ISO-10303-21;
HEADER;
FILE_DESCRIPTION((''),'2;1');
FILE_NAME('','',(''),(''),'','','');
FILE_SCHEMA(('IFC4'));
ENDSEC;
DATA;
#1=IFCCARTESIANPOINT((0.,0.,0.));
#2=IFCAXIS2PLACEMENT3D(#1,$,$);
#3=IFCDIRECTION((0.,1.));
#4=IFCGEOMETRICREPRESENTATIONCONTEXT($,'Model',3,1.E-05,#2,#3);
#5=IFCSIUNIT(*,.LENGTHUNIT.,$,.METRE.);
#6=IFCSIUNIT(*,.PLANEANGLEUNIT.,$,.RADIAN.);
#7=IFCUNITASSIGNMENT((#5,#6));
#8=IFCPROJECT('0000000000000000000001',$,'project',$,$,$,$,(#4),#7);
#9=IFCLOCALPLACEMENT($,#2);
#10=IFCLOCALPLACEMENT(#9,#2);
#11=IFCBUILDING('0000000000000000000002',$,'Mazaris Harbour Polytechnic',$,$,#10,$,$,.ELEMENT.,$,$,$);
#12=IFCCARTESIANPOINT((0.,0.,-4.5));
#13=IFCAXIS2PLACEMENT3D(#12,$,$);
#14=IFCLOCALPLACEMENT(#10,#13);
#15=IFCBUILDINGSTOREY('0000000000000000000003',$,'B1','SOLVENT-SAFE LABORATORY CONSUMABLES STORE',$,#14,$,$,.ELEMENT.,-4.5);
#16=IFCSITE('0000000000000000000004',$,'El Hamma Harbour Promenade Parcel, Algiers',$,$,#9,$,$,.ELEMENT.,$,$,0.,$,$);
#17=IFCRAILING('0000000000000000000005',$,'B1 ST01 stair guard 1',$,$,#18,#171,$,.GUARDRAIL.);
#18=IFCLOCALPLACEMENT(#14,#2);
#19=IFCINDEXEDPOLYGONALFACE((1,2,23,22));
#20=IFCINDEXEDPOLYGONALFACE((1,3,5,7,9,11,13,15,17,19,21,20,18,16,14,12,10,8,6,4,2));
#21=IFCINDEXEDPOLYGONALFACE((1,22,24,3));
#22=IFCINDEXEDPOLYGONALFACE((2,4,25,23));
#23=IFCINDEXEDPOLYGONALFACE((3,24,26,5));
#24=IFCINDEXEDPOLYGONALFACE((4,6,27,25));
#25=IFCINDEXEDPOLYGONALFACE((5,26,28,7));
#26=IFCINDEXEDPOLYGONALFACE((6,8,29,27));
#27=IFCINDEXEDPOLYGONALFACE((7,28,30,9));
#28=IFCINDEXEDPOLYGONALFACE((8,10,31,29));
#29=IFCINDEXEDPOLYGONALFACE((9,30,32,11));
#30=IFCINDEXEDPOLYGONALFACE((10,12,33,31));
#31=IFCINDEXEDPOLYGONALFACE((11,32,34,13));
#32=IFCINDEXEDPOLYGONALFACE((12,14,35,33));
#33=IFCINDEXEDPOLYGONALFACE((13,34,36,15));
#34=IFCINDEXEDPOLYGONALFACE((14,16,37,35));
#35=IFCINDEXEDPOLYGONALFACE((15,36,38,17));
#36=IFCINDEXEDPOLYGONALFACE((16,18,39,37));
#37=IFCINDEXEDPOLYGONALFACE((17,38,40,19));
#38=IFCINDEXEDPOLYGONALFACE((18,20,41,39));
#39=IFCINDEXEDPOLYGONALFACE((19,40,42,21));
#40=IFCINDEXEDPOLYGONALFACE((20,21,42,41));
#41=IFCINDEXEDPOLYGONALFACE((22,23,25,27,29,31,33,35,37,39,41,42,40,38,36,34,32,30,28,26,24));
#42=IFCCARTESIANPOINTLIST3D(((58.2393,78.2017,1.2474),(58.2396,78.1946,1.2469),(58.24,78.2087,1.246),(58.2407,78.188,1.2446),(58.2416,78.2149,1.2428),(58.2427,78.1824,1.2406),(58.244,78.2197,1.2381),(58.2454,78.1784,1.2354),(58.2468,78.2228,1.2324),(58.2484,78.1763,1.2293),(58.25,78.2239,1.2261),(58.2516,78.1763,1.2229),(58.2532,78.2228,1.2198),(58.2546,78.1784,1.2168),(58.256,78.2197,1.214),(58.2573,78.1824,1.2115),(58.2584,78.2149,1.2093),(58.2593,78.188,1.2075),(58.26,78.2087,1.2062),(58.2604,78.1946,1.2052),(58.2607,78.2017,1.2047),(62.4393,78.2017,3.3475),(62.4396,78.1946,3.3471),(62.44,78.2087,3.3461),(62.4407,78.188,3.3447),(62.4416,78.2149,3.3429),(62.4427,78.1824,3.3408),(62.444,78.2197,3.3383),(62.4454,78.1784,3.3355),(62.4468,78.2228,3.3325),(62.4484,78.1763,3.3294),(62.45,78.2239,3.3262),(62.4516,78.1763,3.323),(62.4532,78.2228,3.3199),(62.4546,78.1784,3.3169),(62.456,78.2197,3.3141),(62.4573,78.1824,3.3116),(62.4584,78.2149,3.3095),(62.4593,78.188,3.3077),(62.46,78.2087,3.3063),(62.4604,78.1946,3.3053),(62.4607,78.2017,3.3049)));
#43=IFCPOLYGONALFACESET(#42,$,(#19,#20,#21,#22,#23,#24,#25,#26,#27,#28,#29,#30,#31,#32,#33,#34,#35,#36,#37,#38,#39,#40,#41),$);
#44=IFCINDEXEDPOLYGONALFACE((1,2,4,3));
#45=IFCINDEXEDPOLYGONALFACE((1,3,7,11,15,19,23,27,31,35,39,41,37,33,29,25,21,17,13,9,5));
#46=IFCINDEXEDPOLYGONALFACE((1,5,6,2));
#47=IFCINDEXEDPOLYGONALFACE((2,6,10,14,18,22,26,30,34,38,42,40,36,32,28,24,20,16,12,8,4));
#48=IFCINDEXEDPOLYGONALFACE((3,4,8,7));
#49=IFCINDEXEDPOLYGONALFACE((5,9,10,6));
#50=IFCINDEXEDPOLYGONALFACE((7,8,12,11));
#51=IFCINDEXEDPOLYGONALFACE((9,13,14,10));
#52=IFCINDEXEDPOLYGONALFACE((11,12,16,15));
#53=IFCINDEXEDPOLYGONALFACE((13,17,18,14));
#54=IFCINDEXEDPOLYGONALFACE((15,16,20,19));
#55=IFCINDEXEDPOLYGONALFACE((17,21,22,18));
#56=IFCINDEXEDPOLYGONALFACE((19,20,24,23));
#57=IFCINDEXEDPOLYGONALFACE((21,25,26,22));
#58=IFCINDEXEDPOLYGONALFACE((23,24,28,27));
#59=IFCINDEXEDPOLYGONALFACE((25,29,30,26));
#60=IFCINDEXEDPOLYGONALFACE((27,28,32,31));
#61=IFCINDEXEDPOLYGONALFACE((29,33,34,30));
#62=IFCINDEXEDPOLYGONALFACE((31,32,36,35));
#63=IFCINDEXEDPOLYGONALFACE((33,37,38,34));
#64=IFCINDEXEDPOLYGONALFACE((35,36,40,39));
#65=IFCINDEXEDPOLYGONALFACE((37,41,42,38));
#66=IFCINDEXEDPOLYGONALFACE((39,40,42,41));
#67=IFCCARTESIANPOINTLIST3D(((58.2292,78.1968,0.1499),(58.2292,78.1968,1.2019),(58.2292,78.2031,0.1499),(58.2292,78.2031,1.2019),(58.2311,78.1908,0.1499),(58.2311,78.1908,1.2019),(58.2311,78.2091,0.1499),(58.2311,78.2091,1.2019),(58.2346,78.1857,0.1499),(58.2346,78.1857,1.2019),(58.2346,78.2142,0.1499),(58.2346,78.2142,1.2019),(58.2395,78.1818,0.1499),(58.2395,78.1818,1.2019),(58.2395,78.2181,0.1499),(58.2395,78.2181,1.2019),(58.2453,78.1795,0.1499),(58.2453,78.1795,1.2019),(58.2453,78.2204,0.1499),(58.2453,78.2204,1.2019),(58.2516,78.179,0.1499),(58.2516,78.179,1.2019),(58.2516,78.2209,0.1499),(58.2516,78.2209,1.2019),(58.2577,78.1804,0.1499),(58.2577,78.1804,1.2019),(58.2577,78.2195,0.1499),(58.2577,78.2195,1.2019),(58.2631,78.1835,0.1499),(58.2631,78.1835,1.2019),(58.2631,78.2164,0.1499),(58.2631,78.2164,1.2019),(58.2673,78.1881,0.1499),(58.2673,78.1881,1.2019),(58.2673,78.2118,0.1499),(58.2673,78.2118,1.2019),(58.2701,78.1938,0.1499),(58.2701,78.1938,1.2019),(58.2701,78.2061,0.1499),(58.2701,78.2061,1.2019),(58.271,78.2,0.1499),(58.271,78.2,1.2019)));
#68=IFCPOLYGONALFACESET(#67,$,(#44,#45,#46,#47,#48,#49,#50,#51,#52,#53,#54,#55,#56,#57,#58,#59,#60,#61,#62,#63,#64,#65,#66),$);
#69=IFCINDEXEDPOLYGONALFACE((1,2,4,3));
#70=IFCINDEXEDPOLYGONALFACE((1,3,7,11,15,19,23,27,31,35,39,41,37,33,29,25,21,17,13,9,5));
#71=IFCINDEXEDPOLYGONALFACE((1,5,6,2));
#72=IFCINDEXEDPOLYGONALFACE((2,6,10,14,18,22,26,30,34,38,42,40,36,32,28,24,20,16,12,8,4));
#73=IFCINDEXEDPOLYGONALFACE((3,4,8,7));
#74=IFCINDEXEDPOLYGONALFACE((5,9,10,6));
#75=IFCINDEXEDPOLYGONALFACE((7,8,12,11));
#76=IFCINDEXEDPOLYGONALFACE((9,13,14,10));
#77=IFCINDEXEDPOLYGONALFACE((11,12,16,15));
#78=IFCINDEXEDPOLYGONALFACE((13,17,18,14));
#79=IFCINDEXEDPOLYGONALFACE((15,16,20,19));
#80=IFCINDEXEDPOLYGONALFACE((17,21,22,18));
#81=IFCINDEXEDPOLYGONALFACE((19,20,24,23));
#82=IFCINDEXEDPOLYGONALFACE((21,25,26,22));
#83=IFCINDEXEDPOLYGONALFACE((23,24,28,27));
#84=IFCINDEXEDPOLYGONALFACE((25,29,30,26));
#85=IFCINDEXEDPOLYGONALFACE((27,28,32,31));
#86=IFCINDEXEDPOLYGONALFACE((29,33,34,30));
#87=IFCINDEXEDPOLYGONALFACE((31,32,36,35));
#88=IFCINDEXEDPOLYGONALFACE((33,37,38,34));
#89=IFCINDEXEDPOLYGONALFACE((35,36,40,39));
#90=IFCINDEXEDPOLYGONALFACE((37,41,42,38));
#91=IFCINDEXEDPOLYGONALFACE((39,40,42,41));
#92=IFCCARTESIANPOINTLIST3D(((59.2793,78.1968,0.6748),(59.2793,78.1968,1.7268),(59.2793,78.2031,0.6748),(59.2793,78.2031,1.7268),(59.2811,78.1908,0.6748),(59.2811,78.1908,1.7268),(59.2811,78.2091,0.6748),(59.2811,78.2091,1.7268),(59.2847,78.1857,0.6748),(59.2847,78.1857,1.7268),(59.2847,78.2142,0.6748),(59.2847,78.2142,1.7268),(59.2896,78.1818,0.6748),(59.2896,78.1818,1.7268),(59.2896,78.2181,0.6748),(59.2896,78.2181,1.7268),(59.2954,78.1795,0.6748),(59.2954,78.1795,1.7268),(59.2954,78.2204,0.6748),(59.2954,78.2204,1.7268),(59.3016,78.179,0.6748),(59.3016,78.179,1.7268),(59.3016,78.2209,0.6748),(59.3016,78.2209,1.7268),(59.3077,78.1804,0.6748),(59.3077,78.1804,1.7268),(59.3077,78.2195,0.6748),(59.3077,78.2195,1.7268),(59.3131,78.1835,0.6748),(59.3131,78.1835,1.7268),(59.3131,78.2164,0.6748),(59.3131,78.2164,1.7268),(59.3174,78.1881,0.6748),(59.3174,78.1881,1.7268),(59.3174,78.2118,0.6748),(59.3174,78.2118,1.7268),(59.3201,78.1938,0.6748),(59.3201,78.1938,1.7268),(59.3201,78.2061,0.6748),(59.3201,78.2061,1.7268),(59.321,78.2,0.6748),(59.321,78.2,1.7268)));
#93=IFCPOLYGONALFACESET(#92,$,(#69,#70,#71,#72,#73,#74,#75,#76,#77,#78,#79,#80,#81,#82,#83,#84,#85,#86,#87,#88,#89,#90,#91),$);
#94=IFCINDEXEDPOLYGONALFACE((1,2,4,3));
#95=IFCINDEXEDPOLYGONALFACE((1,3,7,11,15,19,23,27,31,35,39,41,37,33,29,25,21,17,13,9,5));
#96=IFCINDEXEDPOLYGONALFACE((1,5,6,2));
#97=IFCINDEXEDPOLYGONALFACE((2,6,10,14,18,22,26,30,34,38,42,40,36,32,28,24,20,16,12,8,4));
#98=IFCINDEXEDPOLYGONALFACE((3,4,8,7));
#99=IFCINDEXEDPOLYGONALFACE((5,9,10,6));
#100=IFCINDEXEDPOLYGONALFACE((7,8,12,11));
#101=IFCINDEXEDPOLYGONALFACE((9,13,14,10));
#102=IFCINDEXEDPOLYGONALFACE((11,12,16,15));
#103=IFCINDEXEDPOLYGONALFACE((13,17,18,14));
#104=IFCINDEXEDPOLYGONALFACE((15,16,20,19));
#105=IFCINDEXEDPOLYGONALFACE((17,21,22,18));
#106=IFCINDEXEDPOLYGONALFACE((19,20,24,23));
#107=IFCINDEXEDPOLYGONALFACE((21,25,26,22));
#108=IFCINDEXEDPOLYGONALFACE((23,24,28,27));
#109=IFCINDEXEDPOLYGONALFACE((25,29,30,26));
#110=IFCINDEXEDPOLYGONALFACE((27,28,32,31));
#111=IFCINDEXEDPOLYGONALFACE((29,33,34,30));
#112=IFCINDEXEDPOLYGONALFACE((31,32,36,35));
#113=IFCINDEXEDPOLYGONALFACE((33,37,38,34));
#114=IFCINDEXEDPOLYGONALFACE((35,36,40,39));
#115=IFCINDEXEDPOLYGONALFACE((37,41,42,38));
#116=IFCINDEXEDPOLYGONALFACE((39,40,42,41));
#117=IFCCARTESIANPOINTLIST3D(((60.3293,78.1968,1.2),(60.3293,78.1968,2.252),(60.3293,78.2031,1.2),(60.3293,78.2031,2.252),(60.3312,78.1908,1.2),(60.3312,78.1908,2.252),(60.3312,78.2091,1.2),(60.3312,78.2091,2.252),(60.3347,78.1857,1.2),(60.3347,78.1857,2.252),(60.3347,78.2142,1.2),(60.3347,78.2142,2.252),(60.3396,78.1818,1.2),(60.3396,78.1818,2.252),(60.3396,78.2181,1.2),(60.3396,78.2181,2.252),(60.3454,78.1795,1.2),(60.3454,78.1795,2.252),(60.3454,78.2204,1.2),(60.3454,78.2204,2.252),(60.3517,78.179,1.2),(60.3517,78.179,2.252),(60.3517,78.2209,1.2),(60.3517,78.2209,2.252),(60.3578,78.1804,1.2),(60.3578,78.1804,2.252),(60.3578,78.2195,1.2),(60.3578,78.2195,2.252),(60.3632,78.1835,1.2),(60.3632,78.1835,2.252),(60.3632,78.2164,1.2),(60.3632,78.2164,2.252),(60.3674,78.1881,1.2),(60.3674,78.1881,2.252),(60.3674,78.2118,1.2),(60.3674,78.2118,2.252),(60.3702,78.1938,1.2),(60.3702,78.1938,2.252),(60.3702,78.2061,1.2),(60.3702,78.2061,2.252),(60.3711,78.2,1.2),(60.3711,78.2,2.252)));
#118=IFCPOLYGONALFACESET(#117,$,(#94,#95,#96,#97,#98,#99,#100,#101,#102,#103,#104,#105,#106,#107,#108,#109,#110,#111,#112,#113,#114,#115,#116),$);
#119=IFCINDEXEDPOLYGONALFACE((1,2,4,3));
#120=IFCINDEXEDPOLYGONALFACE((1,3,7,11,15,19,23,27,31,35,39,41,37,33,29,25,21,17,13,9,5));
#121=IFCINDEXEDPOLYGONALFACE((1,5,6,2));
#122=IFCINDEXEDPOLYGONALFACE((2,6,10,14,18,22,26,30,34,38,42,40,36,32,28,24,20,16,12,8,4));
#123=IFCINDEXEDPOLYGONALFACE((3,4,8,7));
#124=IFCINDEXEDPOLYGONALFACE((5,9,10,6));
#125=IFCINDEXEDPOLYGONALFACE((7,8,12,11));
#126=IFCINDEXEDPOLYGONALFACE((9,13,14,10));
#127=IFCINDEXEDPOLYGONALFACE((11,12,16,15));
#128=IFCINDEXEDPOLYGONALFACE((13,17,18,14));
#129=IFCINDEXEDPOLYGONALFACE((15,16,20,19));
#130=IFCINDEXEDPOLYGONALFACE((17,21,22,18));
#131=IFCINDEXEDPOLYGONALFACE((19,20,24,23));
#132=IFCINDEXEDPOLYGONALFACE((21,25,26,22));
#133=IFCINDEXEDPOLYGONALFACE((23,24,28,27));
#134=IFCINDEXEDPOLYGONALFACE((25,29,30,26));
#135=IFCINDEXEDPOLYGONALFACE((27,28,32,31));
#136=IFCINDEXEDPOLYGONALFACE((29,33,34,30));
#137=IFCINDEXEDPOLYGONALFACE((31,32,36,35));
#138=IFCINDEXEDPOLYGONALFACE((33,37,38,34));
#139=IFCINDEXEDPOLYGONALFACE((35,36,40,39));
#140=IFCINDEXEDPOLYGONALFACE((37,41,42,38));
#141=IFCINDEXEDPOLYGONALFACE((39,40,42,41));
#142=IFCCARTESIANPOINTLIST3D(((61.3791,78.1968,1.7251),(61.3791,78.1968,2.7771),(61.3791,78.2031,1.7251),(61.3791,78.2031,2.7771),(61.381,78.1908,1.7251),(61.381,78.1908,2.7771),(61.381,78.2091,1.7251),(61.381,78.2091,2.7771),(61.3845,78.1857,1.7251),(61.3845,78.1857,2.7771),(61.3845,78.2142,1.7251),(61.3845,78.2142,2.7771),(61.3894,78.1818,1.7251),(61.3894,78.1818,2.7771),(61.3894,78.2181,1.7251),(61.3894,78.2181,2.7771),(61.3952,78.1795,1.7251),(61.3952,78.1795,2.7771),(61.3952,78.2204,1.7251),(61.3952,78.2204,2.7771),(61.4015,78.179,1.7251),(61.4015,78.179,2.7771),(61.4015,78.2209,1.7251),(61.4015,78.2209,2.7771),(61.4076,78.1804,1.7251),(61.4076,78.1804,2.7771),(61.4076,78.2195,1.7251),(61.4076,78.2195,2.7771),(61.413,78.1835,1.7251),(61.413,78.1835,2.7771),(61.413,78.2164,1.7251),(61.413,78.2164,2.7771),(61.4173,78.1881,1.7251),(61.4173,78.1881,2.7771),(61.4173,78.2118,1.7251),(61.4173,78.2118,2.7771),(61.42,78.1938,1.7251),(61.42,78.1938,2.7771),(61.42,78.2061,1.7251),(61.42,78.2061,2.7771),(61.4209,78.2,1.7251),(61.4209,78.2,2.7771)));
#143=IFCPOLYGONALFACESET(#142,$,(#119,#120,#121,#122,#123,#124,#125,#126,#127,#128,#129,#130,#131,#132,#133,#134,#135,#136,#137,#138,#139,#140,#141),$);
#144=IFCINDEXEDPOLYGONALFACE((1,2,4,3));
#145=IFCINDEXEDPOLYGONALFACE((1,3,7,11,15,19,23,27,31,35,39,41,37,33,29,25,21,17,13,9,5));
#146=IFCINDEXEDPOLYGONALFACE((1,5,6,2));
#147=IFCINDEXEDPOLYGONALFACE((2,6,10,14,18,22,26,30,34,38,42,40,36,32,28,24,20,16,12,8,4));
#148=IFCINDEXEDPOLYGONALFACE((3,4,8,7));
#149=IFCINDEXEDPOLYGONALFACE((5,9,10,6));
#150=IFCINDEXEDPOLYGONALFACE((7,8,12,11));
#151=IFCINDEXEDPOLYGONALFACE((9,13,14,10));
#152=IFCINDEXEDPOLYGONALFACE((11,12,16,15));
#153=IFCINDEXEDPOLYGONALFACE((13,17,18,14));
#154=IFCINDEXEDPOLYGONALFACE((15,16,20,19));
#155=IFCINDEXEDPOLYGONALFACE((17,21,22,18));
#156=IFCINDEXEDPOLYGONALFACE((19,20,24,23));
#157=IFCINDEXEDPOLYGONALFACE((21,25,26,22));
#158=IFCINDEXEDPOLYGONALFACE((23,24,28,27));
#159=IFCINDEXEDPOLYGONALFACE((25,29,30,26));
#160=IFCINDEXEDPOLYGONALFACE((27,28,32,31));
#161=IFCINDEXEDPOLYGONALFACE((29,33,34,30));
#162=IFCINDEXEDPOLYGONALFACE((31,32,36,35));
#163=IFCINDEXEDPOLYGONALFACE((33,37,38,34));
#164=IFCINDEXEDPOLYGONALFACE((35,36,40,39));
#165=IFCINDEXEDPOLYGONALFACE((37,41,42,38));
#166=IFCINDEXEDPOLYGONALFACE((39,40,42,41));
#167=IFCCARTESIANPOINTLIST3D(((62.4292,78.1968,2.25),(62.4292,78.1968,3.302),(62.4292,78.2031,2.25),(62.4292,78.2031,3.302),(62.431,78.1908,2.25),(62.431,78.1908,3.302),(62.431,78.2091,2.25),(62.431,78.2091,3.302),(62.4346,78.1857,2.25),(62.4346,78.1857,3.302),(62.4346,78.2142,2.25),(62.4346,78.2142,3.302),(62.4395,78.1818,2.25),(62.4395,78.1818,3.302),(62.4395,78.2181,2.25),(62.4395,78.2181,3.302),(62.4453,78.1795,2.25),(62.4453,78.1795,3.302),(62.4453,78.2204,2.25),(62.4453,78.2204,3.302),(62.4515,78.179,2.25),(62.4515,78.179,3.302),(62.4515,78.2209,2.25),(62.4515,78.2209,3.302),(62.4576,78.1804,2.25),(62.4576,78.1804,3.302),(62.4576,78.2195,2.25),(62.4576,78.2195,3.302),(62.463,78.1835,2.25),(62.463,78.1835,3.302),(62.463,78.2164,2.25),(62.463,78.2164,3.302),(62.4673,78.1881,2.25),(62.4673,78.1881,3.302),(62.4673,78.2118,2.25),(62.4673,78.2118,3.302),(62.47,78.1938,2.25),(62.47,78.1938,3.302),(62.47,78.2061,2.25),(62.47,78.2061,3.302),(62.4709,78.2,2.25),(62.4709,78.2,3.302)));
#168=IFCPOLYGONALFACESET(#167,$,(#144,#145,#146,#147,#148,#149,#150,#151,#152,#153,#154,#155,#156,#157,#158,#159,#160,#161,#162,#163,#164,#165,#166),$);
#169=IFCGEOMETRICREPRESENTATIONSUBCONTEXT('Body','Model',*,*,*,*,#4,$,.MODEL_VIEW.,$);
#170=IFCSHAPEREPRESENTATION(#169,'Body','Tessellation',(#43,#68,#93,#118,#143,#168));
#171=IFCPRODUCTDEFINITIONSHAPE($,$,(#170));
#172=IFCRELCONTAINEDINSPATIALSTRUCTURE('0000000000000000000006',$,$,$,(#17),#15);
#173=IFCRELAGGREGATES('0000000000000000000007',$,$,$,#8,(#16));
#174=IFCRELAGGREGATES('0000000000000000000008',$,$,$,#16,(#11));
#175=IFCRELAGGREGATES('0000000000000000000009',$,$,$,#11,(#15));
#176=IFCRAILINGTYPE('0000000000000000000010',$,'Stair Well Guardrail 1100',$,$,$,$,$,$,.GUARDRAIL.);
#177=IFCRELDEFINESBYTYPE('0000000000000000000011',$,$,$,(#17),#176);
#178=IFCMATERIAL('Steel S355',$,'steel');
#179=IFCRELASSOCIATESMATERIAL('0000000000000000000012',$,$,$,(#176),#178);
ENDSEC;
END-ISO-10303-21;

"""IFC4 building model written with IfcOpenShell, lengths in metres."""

from ifc_helpers import new_model, si_unit, direction, frame, origin, origin_2d, place, context, subcontext, project, spatial, circle, extrude, material, type_object, element, save


model = new_model("IFC4")

# Units and contexts
model_context = context("Model", 3, precision=1e-05, world=origin(), true_north=direction((0.0, 1.0)))
body_context = subcontext(model_context, "Body", "Model", "MODEL_VIEW")
ifc_project = project(units=[si_unit("LENGTHUNIT", "METRE"), si_unit("PLANEANGLEUNIT", "RADIAN")], contexts=[model_context])

# Site, building, storey
site_placement = place(None, origin())
site = spatial("IfcSite", under=ifc_project, at=site_placement, Name="El Hamma Harbour Promenade Parcel, Algiers", CompositionType="ELEMENT", RefElevation=0.0)
building_placement = place(site_placement, origin())
building = spatial("IfcBuilding", under=site, at=building_placement, Name="Mazaris Harbour Polytechnic", CompositionType="ELEMENT")
storey_placement = place(building_placement, frame((0.0, 0.0, -4.5)))
storey = spatial("IfcBuildingStorey", under=building, at=storey_placement, Name="B1", Description="SOLVENT-SAFE LABORATORY CONSUMABLES STORE", CompositionType="ELEMENT", Elevation=-4.5)

# Railing
ifc_material_1 = material(Name="Steel S355", Category="steel")
railing_type_1 = type_object("IfcRailingType", Name="Stair Well Guardrail 1100", PredefinedType="GUARDRAIL", material=ifc_material_1)
railing_1_placement = place(storey_placement, frame((58.25, 78.2, 0.1499)))
element("IfcRailing", 1, at=railing_1_placement, inside=storey, type_object=railing_type_1, Name="B1 ST01 stair guard 1", PredefinedType="GUARDRAIL", context=body_context, shape_type="SweptSolid", body=[
    extrude(circle(Radius=0.0239, at=origin_2d()), frame((0.0, 0.0, 1.0762), z_axis=(0.894417, 0.0, 0.447234), x_axis=(0.0, 1.0, 0.0)), (0.0, 0.0, 1.0), 4.6958),
    extrude(circle(Radius=0.021, at=origin_2d()), origin(), (0.0, 0.0, 1.0), 1.052),
    extrude(circle(Radius=0.021, at=origin_2d()), frame((1.05, 0.0, 0.5249)), (0.0, 0.0, 1.0), 1.052),
    extrude(circle(Radius=0.021, at=origin_2d()), frame((2.1001, 0.0, 1.05)), (0.0, 0.0, 1.0), 1.052),
    extrude(circle(Radius=0.021, at=origin_2d()), frame((3.1499, 0.0, 1.5752)), (0.0, 0.0, 1.0), 1.052),
    extrude(circle(Radius=0.021, at=origin_2d()), frame((4.2, 0.0, 2.1001)), (0.0, 0.0, 1.0), 1.052),
])

save(model, "model.ifc")
